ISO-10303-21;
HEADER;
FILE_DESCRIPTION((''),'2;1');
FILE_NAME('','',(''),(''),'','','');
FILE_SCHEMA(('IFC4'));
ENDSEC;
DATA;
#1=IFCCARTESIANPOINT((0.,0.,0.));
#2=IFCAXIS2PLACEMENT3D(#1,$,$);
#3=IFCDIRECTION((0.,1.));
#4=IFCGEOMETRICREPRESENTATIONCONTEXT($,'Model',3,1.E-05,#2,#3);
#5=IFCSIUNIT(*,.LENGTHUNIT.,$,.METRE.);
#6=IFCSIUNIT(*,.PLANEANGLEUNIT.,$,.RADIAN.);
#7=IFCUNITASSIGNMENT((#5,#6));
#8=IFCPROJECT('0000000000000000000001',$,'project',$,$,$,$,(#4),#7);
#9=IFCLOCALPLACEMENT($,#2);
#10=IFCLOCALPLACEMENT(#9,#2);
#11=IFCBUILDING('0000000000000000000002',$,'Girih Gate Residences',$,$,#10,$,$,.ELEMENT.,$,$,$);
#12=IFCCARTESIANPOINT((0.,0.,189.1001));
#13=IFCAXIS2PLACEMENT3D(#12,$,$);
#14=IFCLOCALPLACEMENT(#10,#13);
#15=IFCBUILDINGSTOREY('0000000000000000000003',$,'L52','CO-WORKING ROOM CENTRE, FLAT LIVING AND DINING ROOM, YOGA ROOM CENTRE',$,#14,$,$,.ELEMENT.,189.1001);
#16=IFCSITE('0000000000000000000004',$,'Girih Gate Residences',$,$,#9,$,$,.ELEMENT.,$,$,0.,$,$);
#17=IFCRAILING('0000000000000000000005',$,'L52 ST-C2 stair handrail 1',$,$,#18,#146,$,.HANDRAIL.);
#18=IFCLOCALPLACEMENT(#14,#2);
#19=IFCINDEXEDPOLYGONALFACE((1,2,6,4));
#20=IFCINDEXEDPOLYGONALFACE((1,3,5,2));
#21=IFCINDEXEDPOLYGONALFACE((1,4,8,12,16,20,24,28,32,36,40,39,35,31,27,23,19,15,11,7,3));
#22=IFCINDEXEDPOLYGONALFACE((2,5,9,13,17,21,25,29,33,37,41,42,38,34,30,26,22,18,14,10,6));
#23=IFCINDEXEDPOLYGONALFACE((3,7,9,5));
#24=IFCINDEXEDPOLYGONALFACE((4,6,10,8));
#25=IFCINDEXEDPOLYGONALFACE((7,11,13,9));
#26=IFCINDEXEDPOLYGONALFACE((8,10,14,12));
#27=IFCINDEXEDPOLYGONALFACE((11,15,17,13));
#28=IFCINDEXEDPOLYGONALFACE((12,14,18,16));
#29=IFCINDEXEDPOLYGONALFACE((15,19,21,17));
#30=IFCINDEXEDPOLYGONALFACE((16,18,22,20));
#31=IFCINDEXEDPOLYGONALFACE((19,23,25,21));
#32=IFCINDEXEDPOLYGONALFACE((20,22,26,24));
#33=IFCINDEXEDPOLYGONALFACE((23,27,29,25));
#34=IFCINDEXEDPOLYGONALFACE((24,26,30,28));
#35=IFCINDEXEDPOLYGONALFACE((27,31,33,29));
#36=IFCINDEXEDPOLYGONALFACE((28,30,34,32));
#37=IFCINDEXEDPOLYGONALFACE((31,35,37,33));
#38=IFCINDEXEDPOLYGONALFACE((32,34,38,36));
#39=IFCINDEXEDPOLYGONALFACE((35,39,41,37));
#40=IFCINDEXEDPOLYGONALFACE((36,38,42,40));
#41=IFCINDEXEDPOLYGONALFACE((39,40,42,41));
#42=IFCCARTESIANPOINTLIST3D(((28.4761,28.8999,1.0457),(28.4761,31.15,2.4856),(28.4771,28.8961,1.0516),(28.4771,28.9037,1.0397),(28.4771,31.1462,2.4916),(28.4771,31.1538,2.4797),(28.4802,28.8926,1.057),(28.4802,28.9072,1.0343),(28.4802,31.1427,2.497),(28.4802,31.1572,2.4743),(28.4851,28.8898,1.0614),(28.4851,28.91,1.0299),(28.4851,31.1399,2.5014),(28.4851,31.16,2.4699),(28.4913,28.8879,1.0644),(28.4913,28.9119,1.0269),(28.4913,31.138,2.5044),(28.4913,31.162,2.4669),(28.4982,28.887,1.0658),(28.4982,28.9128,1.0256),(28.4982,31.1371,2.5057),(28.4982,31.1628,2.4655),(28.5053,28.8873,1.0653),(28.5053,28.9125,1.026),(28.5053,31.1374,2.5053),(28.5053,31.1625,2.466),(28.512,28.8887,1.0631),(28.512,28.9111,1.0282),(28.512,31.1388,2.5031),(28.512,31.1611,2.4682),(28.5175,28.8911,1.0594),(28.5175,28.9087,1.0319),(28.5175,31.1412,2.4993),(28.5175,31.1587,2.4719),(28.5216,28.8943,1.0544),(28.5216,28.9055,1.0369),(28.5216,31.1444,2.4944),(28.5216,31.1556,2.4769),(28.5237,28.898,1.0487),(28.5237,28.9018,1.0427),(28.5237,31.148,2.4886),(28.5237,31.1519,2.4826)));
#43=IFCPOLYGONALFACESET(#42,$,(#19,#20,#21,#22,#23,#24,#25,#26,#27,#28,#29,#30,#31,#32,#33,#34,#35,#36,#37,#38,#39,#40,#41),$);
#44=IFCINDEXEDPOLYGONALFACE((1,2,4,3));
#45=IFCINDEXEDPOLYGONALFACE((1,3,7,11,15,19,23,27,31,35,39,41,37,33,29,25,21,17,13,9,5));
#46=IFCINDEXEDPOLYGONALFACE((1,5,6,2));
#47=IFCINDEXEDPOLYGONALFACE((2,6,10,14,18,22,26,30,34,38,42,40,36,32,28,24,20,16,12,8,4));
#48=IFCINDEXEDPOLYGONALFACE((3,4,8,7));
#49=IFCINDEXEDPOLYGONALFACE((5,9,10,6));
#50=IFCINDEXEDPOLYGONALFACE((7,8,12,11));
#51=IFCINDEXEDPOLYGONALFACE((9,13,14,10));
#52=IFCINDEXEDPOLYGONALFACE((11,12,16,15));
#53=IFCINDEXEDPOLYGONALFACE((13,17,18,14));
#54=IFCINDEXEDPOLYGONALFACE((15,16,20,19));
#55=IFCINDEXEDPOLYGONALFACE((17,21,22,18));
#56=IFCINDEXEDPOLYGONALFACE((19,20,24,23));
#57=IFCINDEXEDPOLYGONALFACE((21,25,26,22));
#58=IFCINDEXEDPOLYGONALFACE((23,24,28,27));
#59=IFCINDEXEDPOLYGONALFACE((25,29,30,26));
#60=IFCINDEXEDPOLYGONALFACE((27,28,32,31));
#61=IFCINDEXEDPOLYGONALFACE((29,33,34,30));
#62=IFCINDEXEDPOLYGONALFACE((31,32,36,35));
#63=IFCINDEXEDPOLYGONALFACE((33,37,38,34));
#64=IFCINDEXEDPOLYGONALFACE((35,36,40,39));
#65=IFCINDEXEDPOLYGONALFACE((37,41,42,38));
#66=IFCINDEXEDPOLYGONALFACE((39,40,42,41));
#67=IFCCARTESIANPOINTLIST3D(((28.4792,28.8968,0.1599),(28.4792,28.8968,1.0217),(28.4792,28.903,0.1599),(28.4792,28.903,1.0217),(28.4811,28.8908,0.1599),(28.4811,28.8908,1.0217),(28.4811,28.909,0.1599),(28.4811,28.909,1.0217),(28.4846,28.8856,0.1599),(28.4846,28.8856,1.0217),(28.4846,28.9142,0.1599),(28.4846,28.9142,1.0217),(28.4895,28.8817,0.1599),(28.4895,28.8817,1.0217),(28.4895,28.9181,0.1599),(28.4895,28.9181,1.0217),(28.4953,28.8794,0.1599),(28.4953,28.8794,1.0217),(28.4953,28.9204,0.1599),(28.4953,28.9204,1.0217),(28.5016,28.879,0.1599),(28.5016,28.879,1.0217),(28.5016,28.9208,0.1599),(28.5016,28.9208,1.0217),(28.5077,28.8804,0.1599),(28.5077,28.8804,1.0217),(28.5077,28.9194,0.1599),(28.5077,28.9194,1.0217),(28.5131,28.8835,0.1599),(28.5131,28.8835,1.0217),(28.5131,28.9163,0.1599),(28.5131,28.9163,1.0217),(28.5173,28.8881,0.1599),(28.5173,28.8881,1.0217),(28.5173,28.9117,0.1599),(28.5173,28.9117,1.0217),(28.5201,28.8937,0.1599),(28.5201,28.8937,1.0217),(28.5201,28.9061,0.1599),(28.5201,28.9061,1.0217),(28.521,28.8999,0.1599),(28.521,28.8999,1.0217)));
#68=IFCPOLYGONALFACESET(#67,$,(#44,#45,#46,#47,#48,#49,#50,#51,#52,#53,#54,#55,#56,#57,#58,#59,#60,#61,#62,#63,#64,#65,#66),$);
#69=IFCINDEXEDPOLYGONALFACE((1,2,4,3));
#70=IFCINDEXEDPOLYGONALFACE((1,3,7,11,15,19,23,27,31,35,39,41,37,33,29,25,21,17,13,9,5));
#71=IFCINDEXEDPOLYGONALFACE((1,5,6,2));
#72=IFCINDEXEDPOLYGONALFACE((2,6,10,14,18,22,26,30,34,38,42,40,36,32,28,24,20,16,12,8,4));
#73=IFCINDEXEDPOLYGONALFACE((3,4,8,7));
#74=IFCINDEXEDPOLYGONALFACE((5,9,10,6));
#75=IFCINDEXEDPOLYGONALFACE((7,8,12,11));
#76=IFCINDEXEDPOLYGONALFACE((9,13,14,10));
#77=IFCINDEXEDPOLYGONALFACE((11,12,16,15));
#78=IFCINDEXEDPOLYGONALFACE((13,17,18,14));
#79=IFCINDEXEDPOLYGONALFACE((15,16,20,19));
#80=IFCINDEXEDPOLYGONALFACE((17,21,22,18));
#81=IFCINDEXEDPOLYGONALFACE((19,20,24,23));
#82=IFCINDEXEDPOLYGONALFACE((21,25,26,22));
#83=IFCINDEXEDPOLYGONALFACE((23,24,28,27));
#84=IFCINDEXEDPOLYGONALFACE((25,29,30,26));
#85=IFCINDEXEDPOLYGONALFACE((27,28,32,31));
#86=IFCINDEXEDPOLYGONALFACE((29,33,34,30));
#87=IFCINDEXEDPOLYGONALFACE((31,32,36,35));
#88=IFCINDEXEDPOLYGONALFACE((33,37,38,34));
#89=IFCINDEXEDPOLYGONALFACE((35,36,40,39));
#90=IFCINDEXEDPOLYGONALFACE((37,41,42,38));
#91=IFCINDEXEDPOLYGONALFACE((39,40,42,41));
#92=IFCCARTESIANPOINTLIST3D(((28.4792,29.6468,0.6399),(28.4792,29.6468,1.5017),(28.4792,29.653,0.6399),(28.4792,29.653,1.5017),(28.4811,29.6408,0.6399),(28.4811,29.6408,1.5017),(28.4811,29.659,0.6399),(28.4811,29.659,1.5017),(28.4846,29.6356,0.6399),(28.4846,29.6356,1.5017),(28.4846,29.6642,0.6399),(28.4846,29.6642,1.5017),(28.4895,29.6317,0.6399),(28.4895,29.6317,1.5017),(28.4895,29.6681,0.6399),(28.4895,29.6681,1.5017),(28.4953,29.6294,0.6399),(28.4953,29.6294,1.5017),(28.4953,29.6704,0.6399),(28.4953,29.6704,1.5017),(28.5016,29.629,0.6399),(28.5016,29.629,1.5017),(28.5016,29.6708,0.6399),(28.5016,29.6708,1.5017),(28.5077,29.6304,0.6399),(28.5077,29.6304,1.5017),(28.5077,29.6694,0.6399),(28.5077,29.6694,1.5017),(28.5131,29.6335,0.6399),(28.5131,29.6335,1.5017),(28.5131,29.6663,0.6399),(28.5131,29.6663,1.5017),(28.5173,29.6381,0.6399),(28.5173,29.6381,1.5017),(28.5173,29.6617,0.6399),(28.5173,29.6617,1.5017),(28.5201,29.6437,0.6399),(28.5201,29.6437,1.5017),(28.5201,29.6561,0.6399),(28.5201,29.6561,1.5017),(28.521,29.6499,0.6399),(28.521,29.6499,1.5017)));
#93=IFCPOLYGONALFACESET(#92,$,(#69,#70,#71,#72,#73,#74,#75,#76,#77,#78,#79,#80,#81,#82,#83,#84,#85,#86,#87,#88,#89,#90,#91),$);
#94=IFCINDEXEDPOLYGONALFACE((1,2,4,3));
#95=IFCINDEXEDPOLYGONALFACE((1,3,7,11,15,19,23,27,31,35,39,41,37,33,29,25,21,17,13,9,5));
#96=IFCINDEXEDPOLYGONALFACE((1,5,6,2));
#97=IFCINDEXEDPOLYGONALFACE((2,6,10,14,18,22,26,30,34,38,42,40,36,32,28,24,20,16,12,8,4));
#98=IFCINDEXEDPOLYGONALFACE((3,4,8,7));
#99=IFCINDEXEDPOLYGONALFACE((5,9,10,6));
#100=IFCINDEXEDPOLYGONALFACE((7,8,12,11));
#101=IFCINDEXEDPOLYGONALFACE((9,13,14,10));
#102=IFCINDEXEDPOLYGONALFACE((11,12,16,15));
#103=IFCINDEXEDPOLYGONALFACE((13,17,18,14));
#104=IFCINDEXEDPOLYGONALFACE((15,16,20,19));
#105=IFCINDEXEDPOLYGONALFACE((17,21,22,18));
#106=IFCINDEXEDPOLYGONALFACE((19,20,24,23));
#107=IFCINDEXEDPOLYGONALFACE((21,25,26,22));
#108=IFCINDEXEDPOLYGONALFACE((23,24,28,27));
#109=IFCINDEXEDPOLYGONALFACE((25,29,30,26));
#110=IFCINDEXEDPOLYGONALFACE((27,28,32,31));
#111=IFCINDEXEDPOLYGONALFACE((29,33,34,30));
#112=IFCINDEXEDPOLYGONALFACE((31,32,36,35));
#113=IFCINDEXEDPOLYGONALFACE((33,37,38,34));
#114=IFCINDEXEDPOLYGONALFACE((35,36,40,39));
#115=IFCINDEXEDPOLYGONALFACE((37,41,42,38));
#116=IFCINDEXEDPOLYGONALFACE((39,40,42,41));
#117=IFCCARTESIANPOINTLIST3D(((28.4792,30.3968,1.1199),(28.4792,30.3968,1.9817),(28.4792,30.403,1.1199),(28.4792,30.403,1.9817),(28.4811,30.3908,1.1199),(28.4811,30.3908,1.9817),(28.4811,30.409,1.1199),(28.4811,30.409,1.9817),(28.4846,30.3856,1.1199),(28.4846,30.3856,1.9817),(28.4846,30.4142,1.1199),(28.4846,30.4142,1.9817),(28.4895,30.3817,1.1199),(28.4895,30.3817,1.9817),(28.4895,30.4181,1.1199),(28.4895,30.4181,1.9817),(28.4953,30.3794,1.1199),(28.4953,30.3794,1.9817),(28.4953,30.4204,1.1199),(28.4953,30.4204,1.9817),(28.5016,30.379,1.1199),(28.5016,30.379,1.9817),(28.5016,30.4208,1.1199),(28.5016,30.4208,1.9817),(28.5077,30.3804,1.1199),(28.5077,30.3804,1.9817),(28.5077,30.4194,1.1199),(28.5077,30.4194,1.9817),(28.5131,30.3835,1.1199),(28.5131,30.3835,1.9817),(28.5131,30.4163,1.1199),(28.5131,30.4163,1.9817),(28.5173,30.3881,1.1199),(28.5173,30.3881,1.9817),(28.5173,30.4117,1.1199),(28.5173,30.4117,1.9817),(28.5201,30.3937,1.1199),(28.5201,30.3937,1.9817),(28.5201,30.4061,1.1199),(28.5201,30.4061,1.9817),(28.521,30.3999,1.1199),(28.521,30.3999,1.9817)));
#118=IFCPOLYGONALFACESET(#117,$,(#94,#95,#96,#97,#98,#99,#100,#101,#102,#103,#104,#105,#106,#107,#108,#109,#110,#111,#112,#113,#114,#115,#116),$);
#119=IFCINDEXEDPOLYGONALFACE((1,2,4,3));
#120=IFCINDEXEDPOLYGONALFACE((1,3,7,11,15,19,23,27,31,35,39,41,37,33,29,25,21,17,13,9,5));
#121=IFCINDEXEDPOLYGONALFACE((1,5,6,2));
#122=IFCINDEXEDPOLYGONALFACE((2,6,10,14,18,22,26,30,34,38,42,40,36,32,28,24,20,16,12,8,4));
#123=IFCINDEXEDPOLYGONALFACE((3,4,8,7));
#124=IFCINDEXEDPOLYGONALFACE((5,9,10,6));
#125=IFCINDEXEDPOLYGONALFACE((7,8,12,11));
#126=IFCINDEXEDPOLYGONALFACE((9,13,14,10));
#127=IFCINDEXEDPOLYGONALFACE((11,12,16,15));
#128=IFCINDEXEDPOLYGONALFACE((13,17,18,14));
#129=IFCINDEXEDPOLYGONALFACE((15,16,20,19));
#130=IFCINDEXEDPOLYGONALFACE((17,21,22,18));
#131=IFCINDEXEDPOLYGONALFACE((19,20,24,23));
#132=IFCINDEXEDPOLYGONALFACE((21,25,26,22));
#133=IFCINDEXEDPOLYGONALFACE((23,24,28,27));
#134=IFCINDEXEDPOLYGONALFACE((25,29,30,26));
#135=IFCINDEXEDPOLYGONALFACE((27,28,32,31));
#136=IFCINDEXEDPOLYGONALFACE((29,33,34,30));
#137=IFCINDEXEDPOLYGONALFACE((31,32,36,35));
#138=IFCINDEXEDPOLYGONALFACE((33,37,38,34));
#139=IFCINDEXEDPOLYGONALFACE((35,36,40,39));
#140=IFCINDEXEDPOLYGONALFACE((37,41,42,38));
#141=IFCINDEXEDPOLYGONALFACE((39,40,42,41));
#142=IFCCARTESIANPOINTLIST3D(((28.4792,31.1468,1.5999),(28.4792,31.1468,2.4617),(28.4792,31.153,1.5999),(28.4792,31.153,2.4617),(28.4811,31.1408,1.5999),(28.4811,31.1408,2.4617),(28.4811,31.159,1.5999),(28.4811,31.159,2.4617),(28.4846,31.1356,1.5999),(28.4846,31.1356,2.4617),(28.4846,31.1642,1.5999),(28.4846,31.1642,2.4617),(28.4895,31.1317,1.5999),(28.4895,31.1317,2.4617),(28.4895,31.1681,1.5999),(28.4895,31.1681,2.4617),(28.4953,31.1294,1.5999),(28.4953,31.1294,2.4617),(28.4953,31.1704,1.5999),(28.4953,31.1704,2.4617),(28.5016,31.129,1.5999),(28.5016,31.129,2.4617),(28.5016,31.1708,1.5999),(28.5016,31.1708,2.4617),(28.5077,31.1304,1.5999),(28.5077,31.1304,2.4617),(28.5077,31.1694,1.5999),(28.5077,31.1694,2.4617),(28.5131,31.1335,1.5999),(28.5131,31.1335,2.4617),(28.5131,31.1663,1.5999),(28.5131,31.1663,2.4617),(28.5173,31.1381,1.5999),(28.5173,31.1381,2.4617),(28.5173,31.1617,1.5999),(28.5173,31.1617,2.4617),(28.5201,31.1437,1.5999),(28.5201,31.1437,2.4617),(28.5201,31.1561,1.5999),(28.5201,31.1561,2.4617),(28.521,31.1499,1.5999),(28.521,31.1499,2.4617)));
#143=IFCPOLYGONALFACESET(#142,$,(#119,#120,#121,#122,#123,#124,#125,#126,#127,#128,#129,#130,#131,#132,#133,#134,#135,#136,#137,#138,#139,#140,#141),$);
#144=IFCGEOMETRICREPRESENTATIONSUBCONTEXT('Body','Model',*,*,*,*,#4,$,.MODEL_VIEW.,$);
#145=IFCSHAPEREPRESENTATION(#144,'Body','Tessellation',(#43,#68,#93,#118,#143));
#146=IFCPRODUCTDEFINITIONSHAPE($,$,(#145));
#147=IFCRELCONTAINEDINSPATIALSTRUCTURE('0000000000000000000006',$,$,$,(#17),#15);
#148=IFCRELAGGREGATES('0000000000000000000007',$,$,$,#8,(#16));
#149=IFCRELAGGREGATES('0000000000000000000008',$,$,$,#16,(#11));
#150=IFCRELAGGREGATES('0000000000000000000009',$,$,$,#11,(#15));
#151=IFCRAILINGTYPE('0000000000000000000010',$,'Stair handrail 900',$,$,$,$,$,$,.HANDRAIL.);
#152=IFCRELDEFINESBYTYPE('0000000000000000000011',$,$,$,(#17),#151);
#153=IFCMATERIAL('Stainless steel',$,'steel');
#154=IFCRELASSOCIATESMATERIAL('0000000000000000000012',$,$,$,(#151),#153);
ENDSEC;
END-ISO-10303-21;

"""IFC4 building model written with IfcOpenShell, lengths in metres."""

from ifc_helpers import new_model, si_unit, direction, frame, origin, origin_2d, place, context, subcontext, project, spatial, circle, extrude, material, type_object, element, save


model = new_model("IFC4")

# Units and contexts
model_context = context("Model", 3, precision=1e-05, world=origin(), true_north=direction((0.0, 1.0)))
body_context = subcontext(model_context, "Body", "Model", "MODEL_VIEW")
ifc_project = project(units=[si_unit("LENGTHUNIT", "METRE"), si_unit("PLANEANGLEUNIT", "RADIAN")], contexts=[model_context])

# Site, building, storey
site_placement = place(None, origin())
site = spatial("IfcSite", under=ifc_project, at=site_placement, Name="Girih Gate Residences", CompositionType="ELEMENT", RefElevation=0.0)
building_placement = place(site_placement, origin())
building = spatial("IfcBuilding", under=site, at=building_placement, Name="Girih Gate Residences", CompositionType="ELEMENT")
storey_placement = place(building_placement, frame((0.0, 0.0, 189.1001)))
storey = spatial("IfcBuildingStorey", under=building, at=storey_placement, Name="L52", Description="CO-WORKING ROOM CENTRE, FLAT LIVING AND DINING ROOM, YOGA ROOM CENTRE", CompositionType="ELEMENT", Elevation=189.1001)

# Railing
ifc_material_1 = material(Name="Stainless steel", Category="steel")
railing_type_1 = type_object("IfcRailingType", Name="Stair handrail 900", PredefinedType="HANDRAIL", material=ifc_material_1)
railing_1_placement = place(storey_placement, frame((28.5, 28.8999, 0.1599)))
element("IfcRailing", 1, at=railing_1_placement, inside=storey, type_object=railing_type_1, Name="L52 ST-C2 stair handrail 1", PredefinedType="HANDRAIL", context=body_context, shape_type="SweptSolid", body=[
    extrude(circle(Radius=0.0239, at=origin_2d()), frame((0.0, 0.0, 0.8857), z_axis=(0.0, 0.842281, 0.539038), x_axis=(-1.0, 0.0, 0.0)), (0.0, 0.0, 1.0), 2.6714),
    extrude(circle(Radius=0.021, at=origin_2d()), origin(), (0.0, 0.0, 1.0), 0.8618),
    extrude(circle(Radius=0.021, at=origin_2d()), frame((0.0, 0.75, 0.48)), (0.0, 0.0, 1.0), 0.8618),
    extrude(circle(Radius=0.021, at=origin_2d()), frame((0.0, 1.5, 0.96)), (0.0, 0.0, 1.0), 0.8618),
    extrude(circle(Radius=0.021, at=origin_2d()), frame((0.0, 2.25, 1.4399)), (0.0, 0.0, 1.0), 0.8618),
])

save(model, "model.ifc")
